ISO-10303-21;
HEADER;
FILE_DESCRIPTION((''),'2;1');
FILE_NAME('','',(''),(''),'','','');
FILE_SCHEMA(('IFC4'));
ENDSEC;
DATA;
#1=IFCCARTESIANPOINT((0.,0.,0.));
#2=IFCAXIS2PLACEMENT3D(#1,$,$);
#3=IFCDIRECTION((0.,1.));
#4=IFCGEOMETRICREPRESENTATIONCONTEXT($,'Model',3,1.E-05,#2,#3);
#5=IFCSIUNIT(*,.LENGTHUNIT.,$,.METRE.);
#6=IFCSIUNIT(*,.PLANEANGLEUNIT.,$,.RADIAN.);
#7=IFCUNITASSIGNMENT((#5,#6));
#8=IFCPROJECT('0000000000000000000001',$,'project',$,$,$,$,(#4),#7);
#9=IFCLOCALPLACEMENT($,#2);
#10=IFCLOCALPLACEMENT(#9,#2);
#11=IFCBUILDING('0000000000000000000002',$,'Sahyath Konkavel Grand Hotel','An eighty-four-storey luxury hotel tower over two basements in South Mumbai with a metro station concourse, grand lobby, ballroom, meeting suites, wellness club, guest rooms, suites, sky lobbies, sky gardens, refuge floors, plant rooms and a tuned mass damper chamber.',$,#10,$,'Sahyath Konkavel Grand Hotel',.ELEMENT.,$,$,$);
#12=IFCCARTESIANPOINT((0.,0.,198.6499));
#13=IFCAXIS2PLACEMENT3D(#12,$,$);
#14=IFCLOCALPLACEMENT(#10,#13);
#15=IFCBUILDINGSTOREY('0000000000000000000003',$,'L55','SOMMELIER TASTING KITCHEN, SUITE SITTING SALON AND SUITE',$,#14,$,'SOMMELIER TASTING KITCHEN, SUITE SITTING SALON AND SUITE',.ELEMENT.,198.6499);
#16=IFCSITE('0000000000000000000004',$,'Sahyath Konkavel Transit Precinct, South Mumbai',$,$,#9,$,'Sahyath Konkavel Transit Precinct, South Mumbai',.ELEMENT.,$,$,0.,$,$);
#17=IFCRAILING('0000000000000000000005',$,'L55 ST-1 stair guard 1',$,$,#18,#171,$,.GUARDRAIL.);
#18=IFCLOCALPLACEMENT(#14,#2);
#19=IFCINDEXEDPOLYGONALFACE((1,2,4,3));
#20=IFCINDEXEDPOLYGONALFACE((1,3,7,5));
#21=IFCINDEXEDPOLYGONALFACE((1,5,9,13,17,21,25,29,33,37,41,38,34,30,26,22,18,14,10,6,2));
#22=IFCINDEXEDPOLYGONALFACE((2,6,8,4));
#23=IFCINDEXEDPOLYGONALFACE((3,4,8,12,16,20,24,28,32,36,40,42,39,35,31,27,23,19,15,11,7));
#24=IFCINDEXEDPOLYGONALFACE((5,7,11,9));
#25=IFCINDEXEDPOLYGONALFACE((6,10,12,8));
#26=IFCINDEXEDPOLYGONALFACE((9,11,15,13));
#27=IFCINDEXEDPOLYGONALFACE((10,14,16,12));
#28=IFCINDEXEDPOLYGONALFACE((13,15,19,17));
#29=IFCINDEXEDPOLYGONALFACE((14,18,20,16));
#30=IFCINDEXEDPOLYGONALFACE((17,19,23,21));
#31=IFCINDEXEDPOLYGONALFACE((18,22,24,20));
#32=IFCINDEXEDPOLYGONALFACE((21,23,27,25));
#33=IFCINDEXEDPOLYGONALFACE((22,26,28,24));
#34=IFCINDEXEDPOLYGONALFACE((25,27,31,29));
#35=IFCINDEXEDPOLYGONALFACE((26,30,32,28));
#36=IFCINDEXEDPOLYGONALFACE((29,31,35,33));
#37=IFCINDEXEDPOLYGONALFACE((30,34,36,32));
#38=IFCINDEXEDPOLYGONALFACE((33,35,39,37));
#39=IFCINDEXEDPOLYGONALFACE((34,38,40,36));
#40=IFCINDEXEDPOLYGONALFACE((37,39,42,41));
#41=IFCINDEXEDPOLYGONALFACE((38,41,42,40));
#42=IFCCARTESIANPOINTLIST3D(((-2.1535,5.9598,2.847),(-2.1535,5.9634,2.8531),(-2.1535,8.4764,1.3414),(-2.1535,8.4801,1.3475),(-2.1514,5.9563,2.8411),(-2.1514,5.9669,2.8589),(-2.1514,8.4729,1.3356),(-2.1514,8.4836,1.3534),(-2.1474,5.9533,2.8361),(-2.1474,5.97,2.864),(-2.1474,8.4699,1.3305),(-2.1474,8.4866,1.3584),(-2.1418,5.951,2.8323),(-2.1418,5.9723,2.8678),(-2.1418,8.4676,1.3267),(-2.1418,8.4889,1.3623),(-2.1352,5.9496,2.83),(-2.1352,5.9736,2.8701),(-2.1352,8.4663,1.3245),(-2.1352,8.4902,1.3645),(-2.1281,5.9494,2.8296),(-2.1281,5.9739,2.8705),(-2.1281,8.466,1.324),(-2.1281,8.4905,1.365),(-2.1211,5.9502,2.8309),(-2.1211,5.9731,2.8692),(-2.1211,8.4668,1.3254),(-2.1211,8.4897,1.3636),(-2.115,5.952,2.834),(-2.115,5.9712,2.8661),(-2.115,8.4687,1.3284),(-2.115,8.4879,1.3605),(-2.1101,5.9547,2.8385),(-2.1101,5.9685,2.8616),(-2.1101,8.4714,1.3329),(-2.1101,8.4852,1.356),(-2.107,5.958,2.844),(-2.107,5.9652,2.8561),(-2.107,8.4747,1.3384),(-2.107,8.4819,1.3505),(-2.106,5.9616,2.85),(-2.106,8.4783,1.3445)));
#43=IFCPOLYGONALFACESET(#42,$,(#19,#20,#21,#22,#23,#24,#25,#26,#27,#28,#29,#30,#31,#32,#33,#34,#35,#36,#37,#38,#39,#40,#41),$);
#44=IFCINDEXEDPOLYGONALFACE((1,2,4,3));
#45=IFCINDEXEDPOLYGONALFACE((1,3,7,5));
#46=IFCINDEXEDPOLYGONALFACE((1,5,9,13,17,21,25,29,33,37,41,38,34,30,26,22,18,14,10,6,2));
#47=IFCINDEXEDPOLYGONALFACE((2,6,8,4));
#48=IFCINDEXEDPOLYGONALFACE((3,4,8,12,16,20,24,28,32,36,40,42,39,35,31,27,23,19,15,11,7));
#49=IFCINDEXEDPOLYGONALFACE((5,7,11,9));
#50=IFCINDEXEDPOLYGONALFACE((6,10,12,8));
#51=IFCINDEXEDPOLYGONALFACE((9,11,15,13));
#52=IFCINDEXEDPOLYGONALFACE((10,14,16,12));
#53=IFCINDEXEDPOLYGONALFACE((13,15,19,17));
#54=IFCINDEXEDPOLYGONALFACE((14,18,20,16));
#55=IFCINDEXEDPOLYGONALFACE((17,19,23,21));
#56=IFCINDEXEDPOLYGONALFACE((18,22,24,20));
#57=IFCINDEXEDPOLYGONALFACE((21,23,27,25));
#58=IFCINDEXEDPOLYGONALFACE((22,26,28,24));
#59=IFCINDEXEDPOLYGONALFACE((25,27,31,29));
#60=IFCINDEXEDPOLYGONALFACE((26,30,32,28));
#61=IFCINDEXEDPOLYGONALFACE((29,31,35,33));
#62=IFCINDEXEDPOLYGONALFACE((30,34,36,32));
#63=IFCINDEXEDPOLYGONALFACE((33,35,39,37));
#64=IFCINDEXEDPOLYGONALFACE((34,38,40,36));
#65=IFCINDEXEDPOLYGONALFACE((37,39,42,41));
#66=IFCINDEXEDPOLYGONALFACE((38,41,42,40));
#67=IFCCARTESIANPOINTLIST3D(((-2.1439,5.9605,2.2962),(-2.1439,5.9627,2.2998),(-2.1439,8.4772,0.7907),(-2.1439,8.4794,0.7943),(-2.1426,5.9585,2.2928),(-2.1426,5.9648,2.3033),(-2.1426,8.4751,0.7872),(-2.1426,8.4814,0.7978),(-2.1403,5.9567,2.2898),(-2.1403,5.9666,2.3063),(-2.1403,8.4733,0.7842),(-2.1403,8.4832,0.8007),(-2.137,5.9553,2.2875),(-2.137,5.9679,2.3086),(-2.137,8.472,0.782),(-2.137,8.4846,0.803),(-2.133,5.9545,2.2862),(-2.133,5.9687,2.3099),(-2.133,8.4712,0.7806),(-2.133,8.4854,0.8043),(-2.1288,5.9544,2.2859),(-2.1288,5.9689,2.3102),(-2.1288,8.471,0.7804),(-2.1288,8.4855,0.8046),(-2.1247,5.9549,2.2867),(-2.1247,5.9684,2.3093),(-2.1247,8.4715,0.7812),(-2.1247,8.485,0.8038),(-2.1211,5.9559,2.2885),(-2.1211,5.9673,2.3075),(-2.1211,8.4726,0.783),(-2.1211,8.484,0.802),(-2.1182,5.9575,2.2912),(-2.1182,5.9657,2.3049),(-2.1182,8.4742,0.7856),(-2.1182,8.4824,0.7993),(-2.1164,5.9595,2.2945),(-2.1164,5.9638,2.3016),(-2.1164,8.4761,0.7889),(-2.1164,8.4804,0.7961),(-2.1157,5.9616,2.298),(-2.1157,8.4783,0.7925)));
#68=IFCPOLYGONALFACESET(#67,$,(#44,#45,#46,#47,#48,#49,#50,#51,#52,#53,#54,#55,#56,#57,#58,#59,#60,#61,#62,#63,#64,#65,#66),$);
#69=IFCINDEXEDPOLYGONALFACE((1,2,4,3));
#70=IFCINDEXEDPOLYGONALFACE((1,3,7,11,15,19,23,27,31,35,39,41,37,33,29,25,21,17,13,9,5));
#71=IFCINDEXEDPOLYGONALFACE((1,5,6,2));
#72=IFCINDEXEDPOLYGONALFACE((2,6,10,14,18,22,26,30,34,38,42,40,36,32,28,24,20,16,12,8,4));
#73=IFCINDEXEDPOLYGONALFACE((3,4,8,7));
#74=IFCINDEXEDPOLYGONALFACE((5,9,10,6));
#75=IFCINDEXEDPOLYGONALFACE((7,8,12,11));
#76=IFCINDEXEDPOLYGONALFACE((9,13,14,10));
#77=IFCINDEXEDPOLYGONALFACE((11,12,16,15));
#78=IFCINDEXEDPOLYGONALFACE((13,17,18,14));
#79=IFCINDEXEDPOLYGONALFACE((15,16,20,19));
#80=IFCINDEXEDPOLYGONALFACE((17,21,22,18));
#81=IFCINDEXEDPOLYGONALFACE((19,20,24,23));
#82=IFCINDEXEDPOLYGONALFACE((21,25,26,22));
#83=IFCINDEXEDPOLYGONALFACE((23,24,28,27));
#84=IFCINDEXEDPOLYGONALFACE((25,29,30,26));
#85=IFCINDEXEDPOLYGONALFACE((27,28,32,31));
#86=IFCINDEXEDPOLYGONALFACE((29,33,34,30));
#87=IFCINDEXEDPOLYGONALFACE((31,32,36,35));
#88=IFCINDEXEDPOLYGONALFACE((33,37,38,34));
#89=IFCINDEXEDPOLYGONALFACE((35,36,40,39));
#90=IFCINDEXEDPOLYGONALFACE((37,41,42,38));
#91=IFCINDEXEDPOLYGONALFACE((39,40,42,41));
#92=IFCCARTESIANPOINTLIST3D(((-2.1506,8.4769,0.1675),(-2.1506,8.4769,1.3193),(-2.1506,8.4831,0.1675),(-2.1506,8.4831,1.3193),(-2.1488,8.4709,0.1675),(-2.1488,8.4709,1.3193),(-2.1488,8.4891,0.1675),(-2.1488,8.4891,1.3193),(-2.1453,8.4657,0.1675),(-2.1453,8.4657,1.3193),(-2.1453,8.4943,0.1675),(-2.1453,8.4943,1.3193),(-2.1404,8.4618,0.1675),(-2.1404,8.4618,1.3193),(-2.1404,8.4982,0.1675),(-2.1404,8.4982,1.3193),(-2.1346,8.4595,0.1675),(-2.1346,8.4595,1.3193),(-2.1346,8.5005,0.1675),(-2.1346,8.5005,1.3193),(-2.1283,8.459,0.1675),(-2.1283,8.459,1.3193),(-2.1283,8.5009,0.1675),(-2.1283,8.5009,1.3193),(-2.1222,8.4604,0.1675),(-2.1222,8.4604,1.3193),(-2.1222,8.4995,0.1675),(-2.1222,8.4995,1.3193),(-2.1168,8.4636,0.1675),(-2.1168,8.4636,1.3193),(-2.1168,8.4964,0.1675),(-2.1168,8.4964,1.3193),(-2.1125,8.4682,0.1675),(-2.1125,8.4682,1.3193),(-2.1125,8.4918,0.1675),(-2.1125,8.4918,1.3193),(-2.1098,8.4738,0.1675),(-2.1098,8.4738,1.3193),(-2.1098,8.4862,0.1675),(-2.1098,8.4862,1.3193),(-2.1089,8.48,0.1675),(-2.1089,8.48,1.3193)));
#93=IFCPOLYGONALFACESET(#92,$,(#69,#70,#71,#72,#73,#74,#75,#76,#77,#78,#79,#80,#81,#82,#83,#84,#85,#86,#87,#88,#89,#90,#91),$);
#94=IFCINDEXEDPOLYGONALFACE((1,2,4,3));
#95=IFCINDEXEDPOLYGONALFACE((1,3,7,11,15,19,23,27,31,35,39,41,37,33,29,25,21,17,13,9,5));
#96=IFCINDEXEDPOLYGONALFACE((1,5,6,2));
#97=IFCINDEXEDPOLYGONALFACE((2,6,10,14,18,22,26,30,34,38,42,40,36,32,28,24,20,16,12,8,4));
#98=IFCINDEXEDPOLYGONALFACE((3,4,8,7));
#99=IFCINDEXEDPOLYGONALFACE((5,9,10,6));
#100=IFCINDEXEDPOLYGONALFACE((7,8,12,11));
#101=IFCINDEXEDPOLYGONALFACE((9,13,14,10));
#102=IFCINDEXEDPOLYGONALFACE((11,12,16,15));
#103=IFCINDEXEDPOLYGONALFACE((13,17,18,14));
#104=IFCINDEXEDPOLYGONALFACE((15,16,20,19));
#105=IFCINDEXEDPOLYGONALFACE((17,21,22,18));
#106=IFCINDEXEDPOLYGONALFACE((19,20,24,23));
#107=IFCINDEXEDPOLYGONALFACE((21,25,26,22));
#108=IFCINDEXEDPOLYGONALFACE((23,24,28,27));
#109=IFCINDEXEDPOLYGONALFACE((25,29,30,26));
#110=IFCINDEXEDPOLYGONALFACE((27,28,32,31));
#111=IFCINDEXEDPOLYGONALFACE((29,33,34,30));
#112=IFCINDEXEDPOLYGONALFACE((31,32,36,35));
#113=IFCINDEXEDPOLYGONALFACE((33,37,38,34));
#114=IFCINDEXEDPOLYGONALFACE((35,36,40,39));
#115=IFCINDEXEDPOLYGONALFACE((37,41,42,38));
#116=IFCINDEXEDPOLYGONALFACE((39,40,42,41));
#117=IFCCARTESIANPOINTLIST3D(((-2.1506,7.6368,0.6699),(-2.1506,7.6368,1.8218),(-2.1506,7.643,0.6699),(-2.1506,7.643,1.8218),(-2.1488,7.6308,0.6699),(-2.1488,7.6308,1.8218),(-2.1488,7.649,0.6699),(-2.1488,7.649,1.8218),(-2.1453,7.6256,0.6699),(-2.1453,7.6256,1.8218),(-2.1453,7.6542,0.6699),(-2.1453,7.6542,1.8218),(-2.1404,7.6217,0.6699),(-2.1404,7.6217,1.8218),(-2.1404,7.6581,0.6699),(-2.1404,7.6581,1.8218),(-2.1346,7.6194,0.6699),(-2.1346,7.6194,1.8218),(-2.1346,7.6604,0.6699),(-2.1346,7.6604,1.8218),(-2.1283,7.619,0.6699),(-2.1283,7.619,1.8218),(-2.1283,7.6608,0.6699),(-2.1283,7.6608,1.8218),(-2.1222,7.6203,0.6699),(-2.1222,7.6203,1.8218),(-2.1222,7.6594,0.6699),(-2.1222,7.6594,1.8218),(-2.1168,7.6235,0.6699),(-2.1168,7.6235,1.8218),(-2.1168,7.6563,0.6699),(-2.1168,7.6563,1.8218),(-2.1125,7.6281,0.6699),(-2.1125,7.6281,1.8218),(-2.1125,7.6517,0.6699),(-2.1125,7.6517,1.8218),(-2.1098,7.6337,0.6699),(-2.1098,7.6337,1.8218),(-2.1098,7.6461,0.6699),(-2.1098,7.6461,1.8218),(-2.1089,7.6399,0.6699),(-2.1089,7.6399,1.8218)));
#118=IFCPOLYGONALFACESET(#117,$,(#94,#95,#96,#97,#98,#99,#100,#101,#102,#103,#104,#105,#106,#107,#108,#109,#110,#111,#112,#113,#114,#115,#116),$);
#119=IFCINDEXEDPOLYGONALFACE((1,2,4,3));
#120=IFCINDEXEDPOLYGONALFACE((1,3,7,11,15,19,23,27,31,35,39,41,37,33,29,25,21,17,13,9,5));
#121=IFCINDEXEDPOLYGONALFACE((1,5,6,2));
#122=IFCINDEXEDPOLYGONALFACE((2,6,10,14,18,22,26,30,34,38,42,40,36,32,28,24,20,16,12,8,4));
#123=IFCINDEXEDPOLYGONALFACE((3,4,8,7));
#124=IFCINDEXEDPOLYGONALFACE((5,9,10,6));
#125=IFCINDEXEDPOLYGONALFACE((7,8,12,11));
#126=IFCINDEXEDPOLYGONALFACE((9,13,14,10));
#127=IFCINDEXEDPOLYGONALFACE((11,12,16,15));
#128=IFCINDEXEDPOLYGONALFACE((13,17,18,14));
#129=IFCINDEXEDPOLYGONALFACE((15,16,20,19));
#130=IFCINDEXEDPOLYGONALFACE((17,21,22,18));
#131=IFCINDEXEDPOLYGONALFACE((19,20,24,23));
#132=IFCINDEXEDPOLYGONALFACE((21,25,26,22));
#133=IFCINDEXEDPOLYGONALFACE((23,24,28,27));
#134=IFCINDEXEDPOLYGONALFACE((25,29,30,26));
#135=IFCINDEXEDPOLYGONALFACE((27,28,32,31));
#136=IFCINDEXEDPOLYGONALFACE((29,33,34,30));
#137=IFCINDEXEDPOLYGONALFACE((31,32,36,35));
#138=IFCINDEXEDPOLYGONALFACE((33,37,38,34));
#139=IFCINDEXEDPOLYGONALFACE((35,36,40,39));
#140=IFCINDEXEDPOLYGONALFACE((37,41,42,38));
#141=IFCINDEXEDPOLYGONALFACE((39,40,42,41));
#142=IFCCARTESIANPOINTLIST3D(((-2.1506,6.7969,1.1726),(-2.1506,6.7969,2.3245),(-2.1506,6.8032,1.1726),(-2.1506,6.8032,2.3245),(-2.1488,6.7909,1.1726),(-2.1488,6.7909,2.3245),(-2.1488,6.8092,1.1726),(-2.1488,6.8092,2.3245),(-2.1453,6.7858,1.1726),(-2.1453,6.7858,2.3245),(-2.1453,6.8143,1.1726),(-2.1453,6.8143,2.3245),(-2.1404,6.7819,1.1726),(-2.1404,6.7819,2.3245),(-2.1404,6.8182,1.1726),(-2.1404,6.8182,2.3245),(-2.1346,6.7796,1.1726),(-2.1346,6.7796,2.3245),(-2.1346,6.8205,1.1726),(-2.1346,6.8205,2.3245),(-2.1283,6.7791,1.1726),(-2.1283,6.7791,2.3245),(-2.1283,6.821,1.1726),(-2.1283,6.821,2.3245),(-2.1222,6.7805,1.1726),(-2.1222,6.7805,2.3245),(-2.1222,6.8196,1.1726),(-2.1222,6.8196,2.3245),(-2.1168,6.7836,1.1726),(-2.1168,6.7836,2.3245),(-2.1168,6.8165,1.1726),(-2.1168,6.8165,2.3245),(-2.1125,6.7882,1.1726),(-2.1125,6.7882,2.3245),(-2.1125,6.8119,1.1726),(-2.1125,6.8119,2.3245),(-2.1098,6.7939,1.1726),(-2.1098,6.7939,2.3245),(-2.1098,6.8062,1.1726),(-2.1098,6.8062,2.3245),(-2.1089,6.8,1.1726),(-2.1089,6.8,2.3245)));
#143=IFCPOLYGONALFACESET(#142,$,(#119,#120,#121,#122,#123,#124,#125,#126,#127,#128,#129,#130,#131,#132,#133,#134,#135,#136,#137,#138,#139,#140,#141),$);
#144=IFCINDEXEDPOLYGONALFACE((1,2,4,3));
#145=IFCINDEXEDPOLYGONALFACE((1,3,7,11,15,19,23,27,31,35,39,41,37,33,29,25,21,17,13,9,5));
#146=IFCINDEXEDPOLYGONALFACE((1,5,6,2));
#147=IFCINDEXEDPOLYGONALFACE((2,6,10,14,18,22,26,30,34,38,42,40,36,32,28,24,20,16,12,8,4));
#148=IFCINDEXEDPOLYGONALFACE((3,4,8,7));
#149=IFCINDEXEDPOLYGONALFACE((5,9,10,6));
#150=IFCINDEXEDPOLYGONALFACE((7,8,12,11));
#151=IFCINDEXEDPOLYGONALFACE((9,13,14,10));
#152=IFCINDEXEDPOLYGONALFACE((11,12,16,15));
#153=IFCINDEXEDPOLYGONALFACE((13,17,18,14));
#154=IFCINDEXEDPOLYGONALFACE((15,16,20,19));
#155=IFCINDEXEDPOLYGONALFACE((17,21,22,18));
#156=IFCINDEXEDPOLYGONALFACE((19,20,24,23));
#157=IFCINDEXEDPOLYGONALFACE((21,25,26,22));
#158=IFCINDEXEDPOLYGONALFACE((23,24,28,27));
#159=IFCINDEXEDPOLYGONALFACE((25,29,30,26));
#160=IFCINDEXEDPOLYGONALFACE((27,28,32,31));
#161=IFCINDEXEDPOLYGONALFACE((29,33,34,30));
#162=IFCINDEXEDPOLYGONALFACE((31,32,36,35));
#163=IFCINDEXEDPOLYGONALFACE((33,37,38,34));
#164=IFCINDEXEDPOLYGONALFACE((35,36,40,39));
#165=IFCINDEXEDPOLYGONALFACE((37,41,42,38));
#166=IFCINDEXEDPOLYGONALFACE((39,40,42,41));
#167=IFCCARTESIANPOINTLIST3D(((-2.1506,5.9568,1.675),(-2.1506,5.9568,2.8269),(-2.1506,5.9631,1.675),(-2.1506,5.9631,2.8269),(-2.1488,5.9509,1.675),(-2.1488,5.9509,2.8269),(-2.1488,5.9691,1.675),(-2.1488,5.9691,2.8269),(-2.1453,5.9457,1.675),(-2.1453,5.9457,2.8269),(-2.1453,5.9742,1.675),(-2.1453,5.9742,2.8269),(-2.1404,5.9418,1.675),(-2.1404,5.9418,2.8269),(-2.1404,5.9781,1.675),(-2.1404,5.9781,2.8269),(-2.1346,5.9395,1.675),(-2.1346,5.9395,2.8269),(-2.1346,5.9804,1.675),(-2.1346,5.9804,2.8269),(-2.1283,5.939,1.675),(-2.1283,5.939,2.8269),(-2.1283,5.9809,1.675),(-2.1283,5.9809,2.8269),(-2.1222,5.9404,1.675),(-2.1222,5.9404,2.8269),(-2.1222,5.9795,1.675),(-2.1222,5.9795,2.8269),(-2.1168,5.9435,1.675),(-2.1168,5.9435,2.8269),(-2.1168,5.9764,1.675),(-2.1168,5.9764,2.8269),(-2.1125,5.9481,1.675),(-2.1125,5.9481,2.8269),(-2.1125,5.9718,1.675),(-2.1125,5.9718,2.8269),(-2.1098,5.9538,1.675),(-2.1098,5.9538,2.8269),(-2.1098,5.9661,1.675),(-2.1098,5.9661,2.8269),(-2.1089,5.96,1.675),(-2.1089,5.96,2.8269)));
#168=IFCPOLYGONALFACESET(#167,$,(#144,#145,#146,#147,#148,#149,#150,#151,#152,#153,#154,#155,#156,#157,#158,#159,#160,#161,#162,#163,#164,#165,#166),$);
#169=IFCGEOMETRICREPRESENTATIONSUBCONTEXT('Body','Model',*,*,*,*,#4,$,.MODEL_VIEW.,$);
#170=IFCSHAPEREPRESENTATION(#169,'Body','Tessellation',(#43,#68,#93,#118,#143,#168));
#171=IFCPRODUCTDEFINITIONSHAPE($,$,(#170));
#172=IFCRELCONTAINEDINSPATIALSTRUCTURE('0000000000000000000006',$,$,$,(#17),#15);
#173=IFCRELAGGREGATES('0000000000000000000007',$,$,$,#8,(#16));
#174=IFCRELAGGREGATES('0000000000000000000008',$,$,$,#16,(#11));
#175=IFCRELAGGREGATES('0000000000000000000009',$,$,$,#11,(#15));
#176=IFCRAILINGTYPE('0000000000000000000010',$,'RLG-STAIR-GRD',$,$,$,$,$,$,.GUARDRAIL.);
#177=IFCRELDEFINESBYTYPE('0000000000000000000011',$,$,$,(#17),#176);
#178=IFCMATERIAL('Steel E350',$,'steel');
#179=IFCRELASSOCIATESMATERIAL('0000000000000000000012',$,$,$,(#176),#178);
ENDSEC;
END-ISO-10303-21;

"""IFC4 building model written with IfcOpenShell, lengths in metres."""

from ifc_helpers import new_model, si_unit, direction, frame, origin, origin_2d, place, context, subcontext, project, spatial, circle, extrude, material, type_object, element, save


model = new_model("IFC4")

# Units and contexts
model_context = context("Model", 3, precision=1e-05, world=origin(), true_north=direction((0.0, 1.0)))
body_context = subcontext(model_context, "Body", "Model", "MODEL_VIEW")
ifc_project = project(units=[si_unit("LENGTHUNIT", "METRE"), si_unit("PLANEANGLEUNIT", "RADIAN")], contexts=[model_context])

# Site, building, storey
site_placement = place(None, origin())
site = spatial("IfcSite", under=ifc_project, at=site_placement, Name="Sahyath Konkavel Transit Precinct, South Mumbai", LongName="Sahyath Konkavel Transit Precinct, South Mumbai", CompositionType="ELEMENT", RefElevation=0.0)
building_placement = place(site_placement, origin())
building = spatial("IfcBuilding", under=site, at=building_placement, Name="Sahyath Konkavel Grand Hotel", Description="An eighty-four-storey luxury hotel tower over two basements in South Mumbai with a metro station concourse, grand lobby, ballroom, meeting suites, wellness club, guest rooms, suites, sky lobbies, sky gardens, refuge floors, plant rooms and a tuned mass damper chamber.", LongName="Sahyath Konkavel Grand Hotel", CompositionType="ELEMENT")
storey_placement = place(building_placement, frame((0.0, 0.0, 198.6499)))
storey = spatial("IfcBuildingStorey", under=building, at=storey_placement, Name="L55", Description="SOMMELIER TASTING KITCHEN, SUITE SITTING SALON AND SUITE", LongName="SOMMELIER TASTING KITCHEN, SUITE SITTING SALON AND SUITE", CompositionType="ELEMENT", Elevation=198.6499)

# Shared definitions
ifc_material_1 = material(Name="Steel E350", Category="steel")

# Railing
railing_type = type_object("IfcRailingType", Name="RLG-STAIR-GRD", PredefinedType="GUARDRAIL", material=ifc_material_1)
railing_1_placement = place(storey_placement, frame((-2.1299, 8.48, 0.1675)))
element("IfcRailing", 1, at=railing_1_placement, inside=storey, type_object=railing_type, Name="L55 ST-1 stair guard 1", PredefinedType="GUARDRAIL", context=body_context, shape_type="SweptSolid", body=[
    extrude(circle(Radius=0.0239, at=origin_2d()), frame((0.0, -0.0017, 1.177), z_axis=(0.0, -0.85816, 0.513383), x_axis=(1.0, 0.0, 0.0)), (0.0, 0.0, 1.0), 2.9326),
    extrude(circle(Radius=0.0142, at=origin_2d()), frame((0.0, -0.0017, 0.625), z_axis=(0.0, -0.85816, 0.513383), x_axis=(1.0, 0.0, 0.0)), (0.0, 0.0, 1.0), 2.9326),
    extrude(circle(Radius=0.021, at=origin_2d()), origin(), (0.0, 0.0, 1.0), 1.1519),
    extrude(circle(Radius=0.021, at=origin_2d()), frame((0.0, -0.8401, 0.5024)), (0.0, 0.0, 1.0), 1.1519),
    extrude(circle(Radius=0.021, at=origin_2d()), frame((0.0, -1.6799, 1.0051)), (0.0, 0.0, 1.0), 1.1519),
    extrude(circle(Radius=0.021, at=origin_2d()), frame((0.0, -2.52, 1.5076)), (0.0, 0.0, 1.0), 1.1519),
])

save(model, "model.ifc")
